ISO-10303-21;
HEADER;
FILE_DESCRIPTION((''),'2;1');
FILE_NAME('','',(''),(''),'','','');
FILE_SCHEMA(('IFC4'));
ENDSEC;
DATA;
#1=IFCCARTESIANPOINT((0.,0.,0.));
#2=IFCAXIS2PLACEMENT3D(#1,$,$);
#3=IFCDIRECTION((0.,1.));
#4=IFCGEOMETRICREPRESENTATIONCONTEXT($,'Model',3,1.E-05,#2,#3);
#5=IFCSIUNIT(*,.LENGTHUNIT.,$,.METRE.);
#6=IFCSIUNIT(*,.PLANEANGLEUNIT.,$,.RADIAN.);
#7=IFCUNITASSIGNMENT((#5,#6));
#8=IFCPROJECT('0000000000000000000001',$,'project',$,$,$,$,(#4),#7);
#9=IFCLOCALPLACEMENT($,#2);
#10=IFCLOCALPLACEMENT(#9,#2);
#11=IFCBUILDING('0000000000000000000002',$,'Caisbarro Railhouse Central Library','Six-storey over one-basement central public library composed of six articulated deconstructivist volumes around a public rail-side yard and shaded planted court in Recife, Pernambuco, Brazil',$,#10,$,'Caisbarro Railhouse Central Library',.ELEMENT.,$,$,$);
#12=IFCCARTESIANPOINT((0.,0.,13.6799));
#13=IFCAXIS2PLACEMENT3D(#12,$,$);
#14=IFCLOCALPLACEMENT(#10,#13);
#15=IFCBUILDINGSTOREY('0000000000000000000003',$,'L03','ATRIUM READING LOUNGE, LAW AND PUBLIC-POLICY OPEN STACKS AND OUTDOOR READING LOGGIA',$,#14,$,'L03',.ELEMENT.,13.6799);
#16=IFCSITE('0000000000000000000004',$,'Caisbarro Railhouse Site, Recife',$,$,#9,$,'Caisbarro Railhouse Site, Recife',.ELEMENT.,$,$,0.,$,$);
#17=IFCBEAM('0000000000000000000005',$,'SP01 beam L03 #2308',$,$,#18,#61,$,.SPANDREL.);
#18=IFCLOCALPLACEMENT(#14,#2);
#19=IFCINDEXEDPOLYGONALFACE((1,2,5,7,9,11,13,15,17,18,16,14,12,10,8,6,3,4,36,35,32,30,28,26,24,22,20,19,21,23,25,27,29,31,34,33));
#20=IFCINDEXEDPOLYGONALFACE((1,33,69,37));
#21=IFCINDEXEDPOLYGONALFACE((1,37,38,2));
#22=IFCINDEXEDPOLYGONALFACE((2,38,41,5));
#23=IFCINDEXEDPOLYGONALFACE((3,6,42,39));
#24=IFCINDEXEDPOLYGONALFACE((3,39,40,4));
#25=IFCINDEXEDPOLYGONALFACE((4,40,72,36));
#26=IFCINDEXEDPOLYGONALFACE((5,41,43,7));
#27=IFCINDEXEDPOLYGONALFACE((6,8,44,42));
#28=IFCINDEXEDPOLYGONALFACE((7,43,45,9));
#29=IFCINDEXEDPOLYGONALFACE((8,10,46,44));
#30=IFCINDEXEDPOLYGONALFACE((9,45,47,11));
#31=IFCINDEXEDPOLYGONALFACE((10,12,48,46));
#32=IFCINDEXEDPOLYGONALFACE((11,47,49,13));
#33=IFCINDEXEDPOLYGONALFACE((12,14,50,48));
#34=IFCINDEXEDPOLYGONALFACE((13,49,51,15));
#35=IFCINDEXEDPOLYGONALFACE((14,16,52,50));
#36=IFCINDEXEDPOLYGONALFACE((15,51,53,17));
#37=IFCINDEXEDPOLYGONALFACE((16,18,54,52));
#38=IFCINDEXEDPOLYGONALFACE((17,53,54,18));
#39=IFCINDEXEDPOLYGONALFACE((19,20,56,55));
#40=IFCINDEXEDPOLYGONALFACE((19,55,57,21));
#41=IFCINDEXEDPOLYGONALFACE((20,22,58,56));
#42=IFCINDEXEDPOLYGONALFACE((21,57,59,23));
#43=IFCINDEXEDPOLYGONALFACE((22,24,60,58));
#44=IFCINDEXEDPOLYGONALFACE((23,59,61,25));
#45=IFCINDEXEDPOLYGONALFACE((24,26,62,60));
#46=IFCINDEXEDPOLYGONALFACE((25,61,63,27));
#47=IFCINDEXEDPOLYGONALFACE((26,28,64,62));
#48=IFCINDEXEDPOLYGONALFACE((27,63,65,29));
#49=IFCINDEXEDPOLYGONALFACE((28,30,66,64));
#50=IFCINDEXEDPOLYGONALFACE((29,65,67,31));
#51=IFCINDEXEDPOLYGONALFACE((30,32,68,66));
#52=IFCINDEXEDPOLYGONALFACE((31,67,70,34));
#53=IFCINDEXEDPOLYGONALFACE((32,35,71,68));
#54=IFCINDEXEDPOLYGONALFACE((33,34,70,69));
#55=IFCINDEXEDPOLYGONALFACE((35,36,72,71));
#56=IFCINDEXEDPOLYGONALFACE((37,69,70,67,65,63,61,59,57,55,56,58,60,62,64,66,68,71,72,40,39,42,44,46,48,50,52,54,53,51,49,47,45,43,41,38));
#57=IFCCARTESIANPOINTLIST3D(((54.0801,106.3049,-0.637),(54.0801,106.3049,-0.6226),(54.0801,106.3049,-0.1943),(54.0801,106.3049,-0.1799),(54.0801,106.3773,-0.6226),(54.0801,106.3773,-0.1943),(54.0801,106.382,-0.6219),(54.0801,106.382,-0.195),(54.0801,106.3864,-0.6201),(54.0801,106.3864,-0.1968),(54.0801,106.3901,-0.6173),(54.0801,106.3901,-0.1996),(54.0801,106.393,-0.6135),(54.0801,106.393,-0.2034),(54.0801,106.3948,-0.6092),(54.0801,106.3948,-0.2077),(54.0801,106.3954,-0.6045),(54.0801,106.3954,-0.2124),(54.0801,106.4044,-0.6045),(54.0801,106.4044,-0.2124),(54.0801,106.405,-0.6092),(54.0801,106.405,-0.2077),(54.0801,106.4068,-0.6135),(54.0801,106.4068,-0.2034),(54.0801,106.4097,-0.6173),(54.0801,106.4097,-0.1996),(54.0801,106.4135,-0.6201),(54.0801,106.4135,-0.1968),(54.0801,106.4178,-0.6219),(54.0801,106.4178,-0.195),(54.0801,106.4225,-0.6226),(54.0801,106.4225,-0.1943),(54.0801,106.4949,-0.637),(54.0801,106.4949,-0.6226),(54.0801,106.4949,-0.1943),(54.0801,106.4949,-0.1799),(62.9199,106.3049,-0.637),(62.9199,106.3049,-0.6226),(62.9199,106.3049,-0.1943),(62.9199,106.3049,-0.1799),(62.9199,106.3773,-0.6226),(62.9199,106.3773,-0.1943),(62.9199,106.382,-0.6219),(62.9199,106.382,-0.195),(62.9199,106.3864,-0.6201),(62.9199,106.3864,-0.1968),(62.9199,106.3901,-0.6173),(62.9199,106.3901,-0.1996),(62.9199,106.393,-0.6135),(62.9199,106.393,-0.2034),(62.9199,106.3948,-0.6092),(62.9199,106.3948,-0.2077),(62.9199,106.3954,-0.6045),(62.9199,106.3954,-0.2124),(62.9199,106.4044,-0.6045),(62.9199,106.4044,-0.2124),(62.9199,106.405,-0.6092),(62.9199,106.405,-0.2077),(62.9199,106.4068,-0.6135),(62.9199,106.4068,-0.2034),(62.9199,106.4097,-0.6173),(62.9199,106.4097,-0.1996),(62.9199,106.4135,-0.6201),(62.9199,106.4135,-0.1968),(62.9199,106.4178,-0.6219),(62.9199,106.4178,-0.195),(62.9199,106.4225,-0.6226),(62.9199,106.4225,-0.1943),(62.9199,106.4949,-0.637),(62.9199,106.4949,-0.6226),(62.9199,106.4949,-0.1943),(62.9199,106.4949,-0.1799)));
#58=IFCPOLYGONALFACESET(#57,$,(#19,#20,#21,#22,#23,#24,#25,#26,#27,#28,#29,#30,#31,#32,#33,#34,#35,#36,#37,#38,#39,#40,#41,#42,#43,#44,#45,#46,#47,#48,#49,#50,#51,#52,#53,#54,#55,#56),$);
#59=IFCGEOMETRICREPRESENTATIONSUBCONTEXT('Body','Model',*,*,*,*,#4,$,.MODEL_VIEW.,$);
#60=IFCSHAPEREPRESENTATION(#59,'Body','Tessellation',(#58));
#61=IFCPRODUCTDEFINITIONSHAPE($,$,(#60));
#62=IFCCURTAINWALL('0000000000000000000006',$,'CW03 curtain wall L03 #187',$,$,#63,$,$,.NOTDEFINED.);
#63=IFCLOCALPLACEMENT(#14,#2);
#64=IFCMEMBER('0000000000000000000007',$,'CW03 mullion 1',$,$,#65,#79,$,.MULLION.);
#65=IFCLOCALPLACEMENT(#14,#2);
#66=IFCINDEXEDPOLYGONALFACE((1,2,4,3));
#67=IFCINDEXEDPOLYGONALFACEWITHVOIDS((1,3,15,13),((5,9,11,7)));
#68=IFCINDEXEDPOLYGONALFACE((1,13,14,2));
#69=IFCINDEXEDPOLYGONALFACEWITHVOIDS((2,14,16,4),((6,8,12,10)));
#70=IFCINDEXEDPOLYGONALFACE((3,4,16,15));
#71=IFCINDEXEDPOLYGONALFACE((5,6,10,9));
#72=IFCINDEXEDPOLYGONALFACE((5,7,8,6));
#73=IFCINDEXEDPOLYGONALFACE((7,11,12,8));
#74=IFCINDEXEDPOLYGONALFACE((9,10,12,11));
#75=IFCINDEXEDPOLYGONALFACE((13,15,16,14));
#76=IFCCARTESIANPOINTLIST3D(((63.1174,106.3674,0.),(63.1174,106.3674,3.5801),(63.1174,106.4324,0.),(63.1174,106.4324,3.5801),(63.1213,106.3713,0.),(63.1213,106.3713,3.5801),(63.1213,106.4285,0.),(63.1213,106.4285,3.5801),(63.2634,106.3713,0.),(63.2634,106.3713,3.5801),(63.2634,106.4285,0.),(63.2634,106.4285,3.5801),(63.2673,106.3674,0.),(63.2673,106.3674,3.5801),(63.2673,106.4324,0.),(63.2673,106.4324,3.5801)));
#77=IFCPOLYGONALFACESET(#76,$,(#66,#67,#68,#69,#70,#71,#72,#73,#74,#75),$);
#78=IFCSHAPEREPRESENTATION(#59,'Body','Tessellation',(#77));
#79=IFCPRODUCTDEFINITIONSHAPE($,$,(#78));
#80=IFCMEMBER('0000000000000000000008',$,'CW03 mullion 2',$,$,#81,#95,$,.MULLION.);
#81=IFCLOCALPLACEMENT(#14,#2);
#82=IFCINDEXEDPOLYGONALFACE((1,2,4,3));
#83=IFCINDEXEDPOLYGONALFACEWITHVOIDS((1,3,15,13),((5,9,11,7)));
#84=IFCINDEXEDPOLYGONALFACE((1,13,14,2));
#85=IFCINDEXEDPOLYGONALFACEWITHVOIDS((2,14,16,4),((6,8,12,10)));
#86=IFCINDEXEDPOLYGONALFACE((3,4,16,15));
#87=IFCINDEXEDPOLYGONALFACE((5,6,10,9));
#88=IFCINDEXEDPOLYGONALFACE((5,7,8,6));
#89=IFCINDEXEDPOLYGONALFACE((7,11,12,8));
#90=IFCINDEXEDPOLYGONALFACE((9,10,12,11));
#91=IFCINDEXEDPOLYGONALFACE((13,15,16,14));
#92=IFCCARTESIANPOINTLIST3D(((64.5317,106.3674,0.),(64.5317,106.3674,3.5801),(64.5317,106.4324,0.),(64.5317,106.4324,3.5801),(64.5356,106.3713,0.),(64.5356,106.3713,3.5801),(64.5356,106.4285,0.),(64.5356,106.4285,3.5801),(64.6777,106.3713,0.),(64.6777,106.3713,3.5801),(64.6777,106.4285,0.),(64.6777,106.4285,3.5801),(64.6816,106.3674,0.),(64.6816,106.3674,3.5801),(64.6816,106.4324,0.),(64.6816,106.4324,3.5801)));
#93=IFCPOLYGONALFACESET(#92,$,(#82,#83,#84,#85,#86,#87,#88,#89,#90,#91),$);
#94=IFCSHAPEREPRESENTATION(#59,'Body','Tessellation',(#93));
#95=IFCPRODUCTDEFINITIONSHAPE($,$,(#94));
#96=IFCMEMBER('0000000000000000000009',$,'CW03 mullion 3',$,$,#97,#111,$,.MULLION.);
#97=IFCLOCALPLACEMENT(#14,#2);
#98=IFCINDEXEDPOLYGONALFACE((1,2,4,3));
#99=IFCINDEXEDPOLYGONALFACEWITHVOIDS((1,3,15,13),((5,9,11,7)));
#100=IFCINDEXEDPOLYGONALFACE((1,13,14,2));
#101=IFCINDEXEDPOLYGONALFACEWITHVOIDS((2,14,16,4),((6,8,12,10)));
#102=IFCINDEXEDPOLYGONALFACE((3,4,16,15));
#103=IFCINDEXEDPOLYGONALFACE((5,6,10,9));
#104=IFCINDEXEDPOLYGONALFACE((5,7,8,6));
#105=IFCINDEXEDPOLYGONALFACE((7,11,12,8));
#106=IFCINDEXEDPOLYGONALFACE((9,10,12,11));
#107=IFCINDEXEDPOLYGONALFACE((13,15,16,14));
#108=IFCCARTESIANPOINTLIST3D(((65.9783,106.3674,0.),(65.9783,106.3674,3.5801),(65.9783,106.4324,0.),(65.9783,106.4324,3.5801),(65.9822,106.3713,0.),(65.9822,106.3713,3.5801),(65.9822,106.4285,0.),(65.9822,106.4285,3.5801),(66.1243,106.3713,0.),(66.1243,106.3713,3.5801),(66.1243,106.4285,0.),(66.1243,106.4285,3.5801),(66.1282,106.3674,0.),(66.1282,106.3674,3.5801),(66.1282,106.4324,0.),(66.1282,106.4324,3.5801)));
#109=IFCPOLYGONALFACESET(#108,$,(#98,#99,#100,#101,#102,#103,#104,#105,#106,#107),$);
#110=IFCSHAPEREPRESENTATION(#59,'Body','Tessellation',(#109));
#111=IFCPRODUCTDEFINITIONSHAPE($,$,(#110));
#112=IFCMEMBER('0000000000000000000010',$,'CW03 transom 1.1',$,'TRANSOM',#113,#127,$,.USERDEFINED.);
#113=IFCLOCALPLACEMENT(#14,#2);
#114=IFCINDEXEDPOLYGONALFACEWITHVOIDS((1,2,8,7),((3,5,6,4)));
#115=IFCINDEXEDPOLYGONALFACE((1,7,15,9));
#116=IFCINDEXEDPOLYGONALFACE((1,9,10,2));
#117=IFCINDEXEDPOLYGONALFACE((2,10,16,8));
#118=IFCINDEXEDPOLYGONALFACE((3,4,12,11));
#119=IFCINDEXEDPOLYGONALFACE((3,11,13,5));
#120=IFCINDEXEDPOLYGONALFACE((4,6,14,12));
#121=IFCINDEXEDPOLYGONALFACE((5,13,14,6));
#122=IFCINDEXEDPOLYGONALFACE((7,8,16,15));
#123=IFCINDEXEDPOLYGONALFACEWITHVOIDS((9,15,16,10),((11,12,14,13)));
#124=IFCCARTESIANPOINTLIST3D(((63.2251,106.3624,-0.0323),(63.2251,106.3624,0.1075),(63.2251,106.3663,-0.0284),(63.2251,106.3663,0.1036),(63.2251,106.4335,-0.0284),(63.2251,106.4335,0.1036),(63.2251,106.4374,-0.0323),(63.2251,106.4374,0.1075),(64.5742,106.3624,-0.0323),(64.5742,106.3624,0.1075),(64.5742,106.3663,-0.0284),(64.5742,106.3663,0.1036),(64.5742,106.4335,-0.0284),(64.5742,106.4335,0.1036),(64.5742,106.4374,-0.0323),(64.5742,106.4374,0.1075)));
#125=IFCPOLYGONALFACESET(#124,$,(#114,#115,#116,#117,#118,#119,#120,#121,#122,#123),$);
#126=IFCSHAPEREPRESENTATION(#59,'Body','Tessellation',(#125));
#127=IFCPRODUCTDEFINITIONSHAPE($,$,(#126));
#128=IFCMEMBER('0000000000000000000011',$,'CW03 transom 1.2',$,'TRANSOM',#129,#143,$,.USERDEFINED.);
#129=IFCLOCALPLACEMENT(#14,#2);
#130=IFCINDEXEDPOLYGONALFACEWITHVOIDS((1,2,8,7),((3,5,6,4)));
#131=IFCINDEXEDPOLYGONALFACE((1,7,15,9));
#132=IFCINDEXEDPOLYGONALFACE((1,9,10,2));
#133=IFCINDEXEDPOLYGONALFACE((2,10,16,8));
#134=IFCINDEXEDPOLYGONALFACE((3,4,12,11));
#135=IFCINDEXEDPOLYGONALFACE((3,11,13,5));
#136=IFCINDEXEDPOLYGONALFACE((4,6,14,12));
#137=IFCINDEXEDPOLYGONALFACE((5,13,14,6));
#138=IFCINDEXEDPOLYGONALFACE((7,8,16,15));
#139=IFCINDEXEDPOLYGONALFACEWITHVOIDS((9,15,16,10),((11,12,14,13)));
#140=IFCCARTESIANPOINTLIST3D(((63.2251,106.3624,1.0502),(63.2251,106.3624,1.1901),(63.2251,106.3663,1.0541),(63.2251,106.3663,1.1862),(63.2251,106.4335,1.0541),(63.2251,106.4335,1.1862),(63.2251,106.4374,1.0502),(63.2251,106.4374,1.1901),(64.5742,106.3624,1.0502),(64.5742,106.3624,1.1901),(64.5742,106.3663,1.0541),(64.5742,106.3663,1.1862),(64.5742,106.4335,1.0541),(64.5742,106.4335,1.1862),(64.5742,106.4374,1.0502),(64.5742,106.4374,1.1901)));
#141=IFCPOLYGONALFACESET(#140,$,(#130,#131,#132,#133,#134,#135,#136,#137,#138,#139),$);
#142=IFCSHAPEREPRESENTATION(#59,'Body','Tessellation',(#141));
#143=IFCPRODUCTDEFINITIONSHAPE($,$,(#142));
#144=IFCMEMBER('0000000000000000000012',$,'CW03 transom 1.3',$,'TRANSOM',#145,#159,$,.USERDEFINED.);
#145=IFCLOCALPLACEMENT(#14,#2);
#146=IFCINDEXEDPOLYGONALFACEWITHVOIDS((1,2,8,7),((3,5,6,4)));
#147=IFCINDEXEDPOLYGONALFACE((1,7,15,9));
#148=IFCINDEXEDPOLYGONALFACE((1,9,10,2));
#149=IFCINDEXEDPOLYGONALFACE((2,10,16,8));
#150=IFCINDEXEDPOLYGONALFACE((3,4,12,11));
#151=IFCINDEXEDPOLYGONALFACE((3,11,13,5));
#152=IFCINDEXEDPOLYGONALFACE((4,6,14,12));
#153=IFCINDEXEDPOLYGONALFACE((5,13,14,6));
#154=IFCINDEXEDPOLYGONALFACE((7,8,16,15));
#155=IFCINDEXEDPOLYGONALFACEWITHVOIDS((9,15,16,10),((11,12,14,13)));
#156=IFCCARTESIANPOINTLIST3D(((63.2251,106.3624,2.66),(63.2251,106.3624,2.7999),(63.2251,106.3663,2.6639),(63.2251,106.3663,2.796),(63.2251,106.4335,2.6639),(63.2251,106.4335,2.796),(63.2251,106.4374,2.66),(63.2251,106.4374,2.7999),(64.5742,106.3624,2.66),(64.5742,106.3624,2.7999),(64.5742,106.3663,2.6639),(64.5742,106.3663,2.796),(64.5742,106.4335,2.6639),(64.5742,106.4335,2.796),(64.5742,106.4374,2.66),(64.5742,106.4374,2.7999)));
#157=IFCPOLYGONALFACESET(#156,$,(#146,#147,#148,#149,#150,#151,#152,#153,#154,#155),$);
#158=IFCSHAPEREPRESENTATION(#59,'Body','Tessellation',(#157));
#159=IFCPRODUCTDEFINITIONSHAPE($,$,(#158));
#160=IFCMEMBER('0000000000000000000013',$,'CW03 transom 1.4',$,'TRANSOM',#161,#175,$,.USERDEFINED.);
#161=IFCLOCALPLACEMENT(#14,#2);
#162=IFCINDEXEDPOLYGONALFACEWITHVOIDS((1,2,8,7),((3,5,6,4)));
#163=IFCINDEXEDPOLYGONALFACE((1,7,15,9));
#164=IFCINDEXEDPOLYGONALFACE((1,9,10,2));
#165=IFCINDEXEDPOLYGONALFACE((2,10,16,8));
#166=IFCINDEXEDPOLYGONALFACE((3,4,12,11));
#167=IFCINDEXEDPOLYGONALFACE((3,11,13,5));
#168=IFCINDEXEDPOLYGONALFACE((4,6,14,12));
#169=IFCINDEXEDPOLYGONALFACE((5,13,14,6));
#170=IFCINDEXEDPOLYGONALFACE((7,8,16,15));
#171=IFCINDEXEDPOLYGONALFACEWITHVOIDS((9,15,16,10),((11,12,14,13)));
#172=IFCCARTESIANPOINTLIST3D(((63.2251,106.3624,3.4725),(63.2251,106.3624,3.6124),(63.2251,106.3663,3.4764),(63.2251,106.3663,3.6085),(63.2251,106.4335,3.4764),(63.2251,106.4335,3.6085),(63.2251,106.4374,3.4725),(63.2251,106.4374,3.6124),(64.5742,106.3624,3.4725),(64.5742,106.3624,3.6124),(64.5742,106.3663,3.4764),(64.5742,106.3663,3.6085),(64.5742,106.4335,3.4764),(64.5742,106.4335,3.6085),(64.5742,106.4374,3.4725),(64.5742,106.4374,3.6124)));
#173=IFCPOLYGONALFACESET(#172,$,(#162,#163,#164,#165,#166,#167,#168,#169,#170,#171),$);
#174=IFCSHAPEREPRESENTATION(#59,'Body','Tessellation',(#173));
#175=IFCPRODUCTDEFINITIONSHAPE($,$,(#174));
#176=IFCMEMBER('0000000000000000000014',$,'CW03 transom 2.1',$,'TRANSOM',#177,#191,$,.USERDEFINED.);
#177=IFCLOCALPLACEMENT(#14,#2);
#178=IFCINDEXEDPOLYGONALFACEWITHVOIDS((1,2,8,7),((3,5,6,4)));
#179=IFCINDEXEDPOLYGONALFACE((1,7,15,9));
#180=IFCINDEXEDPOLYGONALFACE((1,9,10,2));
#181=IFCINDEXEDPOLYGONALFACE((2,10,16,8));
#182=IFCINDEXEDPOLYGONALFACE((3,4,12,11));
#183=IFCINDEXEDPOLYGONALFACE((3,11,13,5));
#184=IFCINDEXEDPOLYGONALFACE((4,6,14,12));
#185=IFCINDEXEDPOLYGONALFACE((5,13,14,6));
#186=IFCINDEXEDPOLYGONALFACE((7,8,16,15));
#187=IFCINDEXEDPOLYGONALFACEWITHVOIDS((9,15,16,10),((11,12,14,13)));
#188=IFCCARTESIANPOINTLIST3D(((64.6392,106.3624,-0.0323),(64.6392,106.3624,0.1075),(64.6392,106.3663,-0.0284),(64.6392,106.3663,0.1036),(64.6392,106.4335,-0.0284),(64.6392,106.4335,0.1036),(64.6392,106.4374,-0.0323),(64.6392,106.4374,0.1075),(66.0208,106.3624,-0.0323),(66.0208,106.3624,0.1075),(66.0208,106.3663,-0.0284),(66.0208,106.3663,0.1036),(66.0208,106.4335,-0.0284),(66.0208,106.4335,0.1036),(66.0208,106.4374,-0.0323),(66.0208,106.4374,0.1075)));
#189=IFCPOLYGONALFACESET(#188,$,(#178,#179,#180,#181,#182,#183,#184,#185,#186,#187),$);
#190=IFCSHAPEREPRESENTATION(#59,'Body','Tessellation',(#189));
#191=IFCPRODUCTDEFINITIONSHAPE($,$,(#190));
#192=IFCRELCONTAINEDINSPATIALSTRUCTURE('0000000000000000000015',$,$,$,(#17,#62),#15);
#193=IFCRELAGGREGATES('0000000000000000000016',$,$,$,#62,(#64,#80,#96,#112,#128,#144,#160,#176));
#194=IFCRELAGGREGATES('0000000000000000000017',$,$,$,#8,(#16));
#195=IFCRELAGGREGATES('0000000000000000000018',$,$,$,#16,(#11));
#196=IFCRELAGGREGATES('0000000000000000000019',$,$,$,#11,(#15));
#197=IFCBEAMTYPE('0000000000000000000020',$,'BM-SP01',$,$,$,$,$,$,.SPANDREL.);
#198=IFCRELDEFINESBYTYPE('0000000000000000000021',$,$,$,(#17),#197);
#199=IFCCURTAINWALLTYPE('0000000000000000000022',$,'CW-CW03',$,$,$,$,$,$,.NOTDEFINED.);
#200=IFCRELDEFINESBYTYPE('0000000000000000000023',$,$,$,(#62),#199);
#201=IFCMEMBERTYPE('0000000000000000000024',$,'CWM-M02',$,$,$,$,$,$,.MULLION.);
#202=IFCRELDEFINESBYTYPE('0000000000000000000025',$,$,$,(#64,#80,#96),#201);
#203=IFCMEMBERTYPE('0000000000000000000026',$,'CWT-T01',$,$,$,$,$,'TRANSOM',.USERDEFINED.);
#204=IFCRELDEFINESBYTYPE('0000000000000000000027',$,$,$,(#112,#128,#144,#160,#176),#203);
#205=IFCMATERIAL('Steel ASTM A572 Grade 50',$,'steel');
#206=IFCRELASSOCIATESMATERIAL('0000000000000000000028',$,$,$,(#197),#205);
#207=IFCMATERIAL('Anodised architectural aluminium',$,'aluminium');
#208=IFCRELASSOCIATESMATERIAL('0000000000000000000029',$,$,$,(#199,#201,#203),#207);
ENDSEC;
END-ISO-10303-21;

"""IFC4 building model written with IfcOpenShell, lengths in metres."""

from ifc_helpers import new_model, si_unit, direction, frame, origin, origin_2d, place, context, subcontext, project, spatial, hollow_rectangle, i_section, extrude, material, material_profile, profile_set, type_object, element, aggregate, save


model = new_model("IFC4")

# Units and contexts
model_context = context("Model", 3, precision=1e-05, world=origin(), true_north=direction((0.0, 1.0)))
body_context = subcontext(model_context, "Body", "Model", "MODEL_VIEW")
ifc_project = project(units=[si_unit("LENGTHUNIT", "METRE"), si_unit("PLANEANGLEUNIT", "RADIAN")], contexts=[model_context])

# Site, building, storey
site_placement = place(None, origin())
site = spatial("IfcSite", under=ifc_project, at=site_placement, Name="Caisbarro Railhouse Site, Recife", LongName="Caisbarro Railhouse Site, Recife", CompositionType="ELEMENT", RefElevation=0.0)
building_placement = place(site_placement, origin())
building = spatial("IfcBuilding", under=site, at=building_placement, Name="Caisbarro Railhouse Central Library", Description="Six-storey over one-basement central public library composed of six articulated deconstructivist volumes around a public rail-side yard and shaded planted court in Recife, Pernambuco, Brazil", LongName="Caisbarro Railhouse Central Library", CompositionType="ELEMENT")
storey_placement = place(building_placement, frame((0.0, 0.0, 13.6799)))
storey = spatial("IfcBuildingStorey", under=building, at=storey_placement, Name="L03", Description="ATRIUM READING LOUNGE, LAW AND PUBLIC-POLICY OPEN STACKS AND OUTDOOR READING LOGGIA", LongName="L03", CompositionType="ELEMENT", Elevation=13.6799)

# Shared definitions
ifc_material_1 = material(Name="Steel ASTM A572 Grade 50", Category="steel")

# Beam
ifc_material_profile_1 = material_profile(ifc_material_1, i_section(OverallWidth=0.1899, OverallDepth=0.457, WebThickness=0.009, FlangeThickness=0.0144, FilletRadius=0.0181, at=origin_2d()), Name="W460X74.0")
ifc_profile_set_1 = profile_set([ifc_material_profile_1], Name="Steel ASTM A572 Grade 50")
beam_type_1 = type_object("IfcBeamType", Name="BM-SP01", PredefinedType="SPANDREL", material=ifc_profile_set_1)
for number, where, z_axis, x_axis, name in (
    (1, (54.0801, 106.3999, -0.4084), (1.0, 0.0, 0.0), (0.0, 1.0, 0.0), "SP01 beam L03 #2308"),
):
    element("IfcBeam", number, at=place(storey_placement, frame(where, z_axis=z_axis, x_axis=x_axis)), inside=storey, type_object=beam_type_1, Name=name, PredefinedType="SPANDREL", context=body_context, shape_type="SweptSolid", body=[
        extrude(i_section(OverallWidth=0.1899, OverallDepth=0.457, WebThickness=0.009, FlangeThickness=0.0144, FilletRadius=0.0181, at=origin_2d()), origin(), (0.0, 0.0, 1.0), 8.8398),
    ])

# Curtain wall, members
ifc_material_2 = material(Name="Anodised architectural aluminium", Category="aluminium")
curtain_wall_type = type_object("IfcCurtainWallType", Name="CW-CW03", PredefinedType="NOTDEFINED", material=ifc_material_2)
curtain_wall_placement = place(storey_placement, origin())
curtain_wall = element("IfcCurtainWall", 2, at=curtain_wall_placement, inside=storey, type_object=curtain_wall_type, Name="CW03 curtain wall L03 #187", PredefinedType="NOTDEFINED")
ifc_material_profile_2 = material_profile(ifc_material_2, hollow_rectangle(XDim=0.0649, YDim=0.1499, WallThickness=0.0039, at=origin_2d()), Name="ALU-MUL-65X150")
ifc_profile_set_2 = profile_set([ifc_material_profile_2], Name="Anodised architectural aluminium")
member_type_1 = type_object("IfcMemberType", Name="CWM-M02", PredefinedType="MULLION", material=ifc_profile_set_2)
member_1_placement = place(storey_placement, frame((63.1924, 106.3999, 0.0), z_axis=(0.0, 0.0, 1.0), x_axis=(0.0, 1.0, 0.0)))
member_1 = element("IfcMember", 3, at=member_1_placement, type_object=member_type_1, Name="CW03 mullion 1", PredefinedType="MULLION", context=body_context, shape_type="SweptSolid", body=[
    extrude(hollow_rectangle(XDim=0.0649, YDim=0.1499, WallThickness=0.0039, at=origin_2d()), origin(), (0.0, 0.0, 1.0), 3.5801),
])
member_2_placement = place(storey_placement, frame((64.6067, 106.3999, 0.0), z_axis=(0.0, 0.0, 1.0), x_axis=(0.0, 1.0, 0.0)))
member_2 = element("IfcMember", 4, at=member_2_placement, type_object=member_type_1, Name="CW03 mullion 2", PredefinedType="MULLION", context=body_context, shape_type="SweptSolid", body=[
    extrude(hollow_rectangle(XDim=0.0649, YDim=0.1499, WallThickness=0.0039, at=origin_2d()), origin(), (0.0, 0.0, 1.0), 3.5801),
])
member_3_placement = place(storey_placement, frame((66.0532, 106.3999, 0.0), z_axis=(0.0, 0.0, 1.0), x_axis=(0.0, 1.0, 0.0)))
member_3 = element("IfcMember", 5, at=member_3_placement, type_object=member_type_1, Name="CW03 mullion 3", PredefinedType="MULLION", context=body_context, shape_type="SweptSolid", body=[
    extrude(hollow_rectangle(XDim=0.0649, YDim=0.1499, WallThickness=0.0039, at=origin_2d()), origin(), (0.0, 0.0, 1.0), 3.5801),
])
ifc_material_profile_3 = material_profile(ifc_material_2, hollow_rectangle(XDim=0.075, YDim=0.1399, WallThickness=0.0039, at=origin_2d()), Name="ALU-TRN-75X140")
ifc_profile_set_3 = profile_set([ifc_material_profile_3], Name="Anodised architectural aluminium")
member_type_2 = type_object("IfcMemberType", Name="CWT-T01", ElementType="TRANSOM", PredefinedType="USERDEFINED", material=ifc_profile_set_3)
member_4_placement = place(storey_placement, frame((63.2251, 106.3999, 0.0376), z_axis=(1.0, 0.0, 0.0), x_axis=(0.0, 1.0, 0.0)))
member_4 = element("IfcMember", 6, at=member_4_placement, type_object=member_type_2, Name="CW03 transom 1.1", ObjectType="TRANSOM", PredefinedType="USERDEFINED", context=body_context, shape_type="SweptSolid", body=[
    extrude(hollow_rectangle(XDim=0.075, YDim=0.1399, WallThickness=0.0039, at=origin_2d()), origin(), (0.0, 0.0, 1.0), 1.3491),
])
member_5_placement = place(storey_placement, frame((63.2251, 106.3999, 1.1201), z_axis=(1.0, 0.0, 0.0), x_axis=(0.0, 1.0, 0.0)))
member_5 = element("IfcMember", 7, at=member_5_placement, type_object=member_type_2, Name="CW03 transom 1.2", ObjectType="TRANSOM", PredefinedType="USERDEFINED", context=body_context, shape_type="SweptSolid", body=[
    extrude(hollow_rectangle(XDim=0.075, YDim=0.1399, WallThickness=0.0039, at=origin_2d()), origin(), (0.0, 0.0, 1.0), 1.3491),
])
member_6_placement = place(storey_placement, frame((63.2251, 106.3999, 2.73), z_axis=(1.0, 0.0, 0.0), x_axis=(0.0, 1.0, 0.0)))
member_6 = element("IfcMember", 8, at=member_6_placement, type_object=member_type_2, Name="CW03 transom 1.3", ObjectType="TRANSOM", PredefinedType="USERDEFINED", context=body_context, shape_type="SweptSolid", body=[
    extrude(hollow_rectangle(XDim=0.075, YDim=0.1399, WallThickness=0.0039, at=origin_2d()), origin(), (0.0, 0.0, 1.0), 1.3491),
])
member_7_placement = place(storey_placement, frame((63.2251, 106.3999, 3.5425), z_axis=(1.0, 0.0, 0.0), x_axis=(0.0, 1.0, 0.0)))
member_7 = element("IfcMember", 9, at=member_7_placement, type_object=member_type_2, Name="CW03 transom 1.4", ObjectType="TRANSOM", PredefinedType="USERDEFINED", context=body_context, shape_type="SweptSolid", body=[
    extrude(hollow_rectangle(XDim=0.075, YDim=0.1399, WallThickness=0.0039, at=origin_2d()), origin(), (0.0, 0.0, 1.0), 1.3491),
])
member_8_placement = place(storey_placement, frame((64.6392, 106.3999, 0.0376), z_axis=(1.0, 0.0, 0.0), x_axis=(0.0, 1.0, 0.0)))
member_8 = element("IfcMember", 10, at=member_8_placement, type_object=member_type_2, Name="CW03 transom 2.1", ObjectType="TRANSOM", PredefinedType="USERDEFINED", context=body_context, shape_type="SweptSolid", body=[
    extrude(hollow_rectangle(XDim=0.075, YDim=0.1399, WallThickness=0.0039, at=origin_2d()), origin(), (0.0, 0.0, 1.0), 1.3816),
])
aggregate(curtain_wall, [member_1, member_2, member_3, member_4, member_5, member_6, member_7, member_8])

save(model, "model.ifc")
